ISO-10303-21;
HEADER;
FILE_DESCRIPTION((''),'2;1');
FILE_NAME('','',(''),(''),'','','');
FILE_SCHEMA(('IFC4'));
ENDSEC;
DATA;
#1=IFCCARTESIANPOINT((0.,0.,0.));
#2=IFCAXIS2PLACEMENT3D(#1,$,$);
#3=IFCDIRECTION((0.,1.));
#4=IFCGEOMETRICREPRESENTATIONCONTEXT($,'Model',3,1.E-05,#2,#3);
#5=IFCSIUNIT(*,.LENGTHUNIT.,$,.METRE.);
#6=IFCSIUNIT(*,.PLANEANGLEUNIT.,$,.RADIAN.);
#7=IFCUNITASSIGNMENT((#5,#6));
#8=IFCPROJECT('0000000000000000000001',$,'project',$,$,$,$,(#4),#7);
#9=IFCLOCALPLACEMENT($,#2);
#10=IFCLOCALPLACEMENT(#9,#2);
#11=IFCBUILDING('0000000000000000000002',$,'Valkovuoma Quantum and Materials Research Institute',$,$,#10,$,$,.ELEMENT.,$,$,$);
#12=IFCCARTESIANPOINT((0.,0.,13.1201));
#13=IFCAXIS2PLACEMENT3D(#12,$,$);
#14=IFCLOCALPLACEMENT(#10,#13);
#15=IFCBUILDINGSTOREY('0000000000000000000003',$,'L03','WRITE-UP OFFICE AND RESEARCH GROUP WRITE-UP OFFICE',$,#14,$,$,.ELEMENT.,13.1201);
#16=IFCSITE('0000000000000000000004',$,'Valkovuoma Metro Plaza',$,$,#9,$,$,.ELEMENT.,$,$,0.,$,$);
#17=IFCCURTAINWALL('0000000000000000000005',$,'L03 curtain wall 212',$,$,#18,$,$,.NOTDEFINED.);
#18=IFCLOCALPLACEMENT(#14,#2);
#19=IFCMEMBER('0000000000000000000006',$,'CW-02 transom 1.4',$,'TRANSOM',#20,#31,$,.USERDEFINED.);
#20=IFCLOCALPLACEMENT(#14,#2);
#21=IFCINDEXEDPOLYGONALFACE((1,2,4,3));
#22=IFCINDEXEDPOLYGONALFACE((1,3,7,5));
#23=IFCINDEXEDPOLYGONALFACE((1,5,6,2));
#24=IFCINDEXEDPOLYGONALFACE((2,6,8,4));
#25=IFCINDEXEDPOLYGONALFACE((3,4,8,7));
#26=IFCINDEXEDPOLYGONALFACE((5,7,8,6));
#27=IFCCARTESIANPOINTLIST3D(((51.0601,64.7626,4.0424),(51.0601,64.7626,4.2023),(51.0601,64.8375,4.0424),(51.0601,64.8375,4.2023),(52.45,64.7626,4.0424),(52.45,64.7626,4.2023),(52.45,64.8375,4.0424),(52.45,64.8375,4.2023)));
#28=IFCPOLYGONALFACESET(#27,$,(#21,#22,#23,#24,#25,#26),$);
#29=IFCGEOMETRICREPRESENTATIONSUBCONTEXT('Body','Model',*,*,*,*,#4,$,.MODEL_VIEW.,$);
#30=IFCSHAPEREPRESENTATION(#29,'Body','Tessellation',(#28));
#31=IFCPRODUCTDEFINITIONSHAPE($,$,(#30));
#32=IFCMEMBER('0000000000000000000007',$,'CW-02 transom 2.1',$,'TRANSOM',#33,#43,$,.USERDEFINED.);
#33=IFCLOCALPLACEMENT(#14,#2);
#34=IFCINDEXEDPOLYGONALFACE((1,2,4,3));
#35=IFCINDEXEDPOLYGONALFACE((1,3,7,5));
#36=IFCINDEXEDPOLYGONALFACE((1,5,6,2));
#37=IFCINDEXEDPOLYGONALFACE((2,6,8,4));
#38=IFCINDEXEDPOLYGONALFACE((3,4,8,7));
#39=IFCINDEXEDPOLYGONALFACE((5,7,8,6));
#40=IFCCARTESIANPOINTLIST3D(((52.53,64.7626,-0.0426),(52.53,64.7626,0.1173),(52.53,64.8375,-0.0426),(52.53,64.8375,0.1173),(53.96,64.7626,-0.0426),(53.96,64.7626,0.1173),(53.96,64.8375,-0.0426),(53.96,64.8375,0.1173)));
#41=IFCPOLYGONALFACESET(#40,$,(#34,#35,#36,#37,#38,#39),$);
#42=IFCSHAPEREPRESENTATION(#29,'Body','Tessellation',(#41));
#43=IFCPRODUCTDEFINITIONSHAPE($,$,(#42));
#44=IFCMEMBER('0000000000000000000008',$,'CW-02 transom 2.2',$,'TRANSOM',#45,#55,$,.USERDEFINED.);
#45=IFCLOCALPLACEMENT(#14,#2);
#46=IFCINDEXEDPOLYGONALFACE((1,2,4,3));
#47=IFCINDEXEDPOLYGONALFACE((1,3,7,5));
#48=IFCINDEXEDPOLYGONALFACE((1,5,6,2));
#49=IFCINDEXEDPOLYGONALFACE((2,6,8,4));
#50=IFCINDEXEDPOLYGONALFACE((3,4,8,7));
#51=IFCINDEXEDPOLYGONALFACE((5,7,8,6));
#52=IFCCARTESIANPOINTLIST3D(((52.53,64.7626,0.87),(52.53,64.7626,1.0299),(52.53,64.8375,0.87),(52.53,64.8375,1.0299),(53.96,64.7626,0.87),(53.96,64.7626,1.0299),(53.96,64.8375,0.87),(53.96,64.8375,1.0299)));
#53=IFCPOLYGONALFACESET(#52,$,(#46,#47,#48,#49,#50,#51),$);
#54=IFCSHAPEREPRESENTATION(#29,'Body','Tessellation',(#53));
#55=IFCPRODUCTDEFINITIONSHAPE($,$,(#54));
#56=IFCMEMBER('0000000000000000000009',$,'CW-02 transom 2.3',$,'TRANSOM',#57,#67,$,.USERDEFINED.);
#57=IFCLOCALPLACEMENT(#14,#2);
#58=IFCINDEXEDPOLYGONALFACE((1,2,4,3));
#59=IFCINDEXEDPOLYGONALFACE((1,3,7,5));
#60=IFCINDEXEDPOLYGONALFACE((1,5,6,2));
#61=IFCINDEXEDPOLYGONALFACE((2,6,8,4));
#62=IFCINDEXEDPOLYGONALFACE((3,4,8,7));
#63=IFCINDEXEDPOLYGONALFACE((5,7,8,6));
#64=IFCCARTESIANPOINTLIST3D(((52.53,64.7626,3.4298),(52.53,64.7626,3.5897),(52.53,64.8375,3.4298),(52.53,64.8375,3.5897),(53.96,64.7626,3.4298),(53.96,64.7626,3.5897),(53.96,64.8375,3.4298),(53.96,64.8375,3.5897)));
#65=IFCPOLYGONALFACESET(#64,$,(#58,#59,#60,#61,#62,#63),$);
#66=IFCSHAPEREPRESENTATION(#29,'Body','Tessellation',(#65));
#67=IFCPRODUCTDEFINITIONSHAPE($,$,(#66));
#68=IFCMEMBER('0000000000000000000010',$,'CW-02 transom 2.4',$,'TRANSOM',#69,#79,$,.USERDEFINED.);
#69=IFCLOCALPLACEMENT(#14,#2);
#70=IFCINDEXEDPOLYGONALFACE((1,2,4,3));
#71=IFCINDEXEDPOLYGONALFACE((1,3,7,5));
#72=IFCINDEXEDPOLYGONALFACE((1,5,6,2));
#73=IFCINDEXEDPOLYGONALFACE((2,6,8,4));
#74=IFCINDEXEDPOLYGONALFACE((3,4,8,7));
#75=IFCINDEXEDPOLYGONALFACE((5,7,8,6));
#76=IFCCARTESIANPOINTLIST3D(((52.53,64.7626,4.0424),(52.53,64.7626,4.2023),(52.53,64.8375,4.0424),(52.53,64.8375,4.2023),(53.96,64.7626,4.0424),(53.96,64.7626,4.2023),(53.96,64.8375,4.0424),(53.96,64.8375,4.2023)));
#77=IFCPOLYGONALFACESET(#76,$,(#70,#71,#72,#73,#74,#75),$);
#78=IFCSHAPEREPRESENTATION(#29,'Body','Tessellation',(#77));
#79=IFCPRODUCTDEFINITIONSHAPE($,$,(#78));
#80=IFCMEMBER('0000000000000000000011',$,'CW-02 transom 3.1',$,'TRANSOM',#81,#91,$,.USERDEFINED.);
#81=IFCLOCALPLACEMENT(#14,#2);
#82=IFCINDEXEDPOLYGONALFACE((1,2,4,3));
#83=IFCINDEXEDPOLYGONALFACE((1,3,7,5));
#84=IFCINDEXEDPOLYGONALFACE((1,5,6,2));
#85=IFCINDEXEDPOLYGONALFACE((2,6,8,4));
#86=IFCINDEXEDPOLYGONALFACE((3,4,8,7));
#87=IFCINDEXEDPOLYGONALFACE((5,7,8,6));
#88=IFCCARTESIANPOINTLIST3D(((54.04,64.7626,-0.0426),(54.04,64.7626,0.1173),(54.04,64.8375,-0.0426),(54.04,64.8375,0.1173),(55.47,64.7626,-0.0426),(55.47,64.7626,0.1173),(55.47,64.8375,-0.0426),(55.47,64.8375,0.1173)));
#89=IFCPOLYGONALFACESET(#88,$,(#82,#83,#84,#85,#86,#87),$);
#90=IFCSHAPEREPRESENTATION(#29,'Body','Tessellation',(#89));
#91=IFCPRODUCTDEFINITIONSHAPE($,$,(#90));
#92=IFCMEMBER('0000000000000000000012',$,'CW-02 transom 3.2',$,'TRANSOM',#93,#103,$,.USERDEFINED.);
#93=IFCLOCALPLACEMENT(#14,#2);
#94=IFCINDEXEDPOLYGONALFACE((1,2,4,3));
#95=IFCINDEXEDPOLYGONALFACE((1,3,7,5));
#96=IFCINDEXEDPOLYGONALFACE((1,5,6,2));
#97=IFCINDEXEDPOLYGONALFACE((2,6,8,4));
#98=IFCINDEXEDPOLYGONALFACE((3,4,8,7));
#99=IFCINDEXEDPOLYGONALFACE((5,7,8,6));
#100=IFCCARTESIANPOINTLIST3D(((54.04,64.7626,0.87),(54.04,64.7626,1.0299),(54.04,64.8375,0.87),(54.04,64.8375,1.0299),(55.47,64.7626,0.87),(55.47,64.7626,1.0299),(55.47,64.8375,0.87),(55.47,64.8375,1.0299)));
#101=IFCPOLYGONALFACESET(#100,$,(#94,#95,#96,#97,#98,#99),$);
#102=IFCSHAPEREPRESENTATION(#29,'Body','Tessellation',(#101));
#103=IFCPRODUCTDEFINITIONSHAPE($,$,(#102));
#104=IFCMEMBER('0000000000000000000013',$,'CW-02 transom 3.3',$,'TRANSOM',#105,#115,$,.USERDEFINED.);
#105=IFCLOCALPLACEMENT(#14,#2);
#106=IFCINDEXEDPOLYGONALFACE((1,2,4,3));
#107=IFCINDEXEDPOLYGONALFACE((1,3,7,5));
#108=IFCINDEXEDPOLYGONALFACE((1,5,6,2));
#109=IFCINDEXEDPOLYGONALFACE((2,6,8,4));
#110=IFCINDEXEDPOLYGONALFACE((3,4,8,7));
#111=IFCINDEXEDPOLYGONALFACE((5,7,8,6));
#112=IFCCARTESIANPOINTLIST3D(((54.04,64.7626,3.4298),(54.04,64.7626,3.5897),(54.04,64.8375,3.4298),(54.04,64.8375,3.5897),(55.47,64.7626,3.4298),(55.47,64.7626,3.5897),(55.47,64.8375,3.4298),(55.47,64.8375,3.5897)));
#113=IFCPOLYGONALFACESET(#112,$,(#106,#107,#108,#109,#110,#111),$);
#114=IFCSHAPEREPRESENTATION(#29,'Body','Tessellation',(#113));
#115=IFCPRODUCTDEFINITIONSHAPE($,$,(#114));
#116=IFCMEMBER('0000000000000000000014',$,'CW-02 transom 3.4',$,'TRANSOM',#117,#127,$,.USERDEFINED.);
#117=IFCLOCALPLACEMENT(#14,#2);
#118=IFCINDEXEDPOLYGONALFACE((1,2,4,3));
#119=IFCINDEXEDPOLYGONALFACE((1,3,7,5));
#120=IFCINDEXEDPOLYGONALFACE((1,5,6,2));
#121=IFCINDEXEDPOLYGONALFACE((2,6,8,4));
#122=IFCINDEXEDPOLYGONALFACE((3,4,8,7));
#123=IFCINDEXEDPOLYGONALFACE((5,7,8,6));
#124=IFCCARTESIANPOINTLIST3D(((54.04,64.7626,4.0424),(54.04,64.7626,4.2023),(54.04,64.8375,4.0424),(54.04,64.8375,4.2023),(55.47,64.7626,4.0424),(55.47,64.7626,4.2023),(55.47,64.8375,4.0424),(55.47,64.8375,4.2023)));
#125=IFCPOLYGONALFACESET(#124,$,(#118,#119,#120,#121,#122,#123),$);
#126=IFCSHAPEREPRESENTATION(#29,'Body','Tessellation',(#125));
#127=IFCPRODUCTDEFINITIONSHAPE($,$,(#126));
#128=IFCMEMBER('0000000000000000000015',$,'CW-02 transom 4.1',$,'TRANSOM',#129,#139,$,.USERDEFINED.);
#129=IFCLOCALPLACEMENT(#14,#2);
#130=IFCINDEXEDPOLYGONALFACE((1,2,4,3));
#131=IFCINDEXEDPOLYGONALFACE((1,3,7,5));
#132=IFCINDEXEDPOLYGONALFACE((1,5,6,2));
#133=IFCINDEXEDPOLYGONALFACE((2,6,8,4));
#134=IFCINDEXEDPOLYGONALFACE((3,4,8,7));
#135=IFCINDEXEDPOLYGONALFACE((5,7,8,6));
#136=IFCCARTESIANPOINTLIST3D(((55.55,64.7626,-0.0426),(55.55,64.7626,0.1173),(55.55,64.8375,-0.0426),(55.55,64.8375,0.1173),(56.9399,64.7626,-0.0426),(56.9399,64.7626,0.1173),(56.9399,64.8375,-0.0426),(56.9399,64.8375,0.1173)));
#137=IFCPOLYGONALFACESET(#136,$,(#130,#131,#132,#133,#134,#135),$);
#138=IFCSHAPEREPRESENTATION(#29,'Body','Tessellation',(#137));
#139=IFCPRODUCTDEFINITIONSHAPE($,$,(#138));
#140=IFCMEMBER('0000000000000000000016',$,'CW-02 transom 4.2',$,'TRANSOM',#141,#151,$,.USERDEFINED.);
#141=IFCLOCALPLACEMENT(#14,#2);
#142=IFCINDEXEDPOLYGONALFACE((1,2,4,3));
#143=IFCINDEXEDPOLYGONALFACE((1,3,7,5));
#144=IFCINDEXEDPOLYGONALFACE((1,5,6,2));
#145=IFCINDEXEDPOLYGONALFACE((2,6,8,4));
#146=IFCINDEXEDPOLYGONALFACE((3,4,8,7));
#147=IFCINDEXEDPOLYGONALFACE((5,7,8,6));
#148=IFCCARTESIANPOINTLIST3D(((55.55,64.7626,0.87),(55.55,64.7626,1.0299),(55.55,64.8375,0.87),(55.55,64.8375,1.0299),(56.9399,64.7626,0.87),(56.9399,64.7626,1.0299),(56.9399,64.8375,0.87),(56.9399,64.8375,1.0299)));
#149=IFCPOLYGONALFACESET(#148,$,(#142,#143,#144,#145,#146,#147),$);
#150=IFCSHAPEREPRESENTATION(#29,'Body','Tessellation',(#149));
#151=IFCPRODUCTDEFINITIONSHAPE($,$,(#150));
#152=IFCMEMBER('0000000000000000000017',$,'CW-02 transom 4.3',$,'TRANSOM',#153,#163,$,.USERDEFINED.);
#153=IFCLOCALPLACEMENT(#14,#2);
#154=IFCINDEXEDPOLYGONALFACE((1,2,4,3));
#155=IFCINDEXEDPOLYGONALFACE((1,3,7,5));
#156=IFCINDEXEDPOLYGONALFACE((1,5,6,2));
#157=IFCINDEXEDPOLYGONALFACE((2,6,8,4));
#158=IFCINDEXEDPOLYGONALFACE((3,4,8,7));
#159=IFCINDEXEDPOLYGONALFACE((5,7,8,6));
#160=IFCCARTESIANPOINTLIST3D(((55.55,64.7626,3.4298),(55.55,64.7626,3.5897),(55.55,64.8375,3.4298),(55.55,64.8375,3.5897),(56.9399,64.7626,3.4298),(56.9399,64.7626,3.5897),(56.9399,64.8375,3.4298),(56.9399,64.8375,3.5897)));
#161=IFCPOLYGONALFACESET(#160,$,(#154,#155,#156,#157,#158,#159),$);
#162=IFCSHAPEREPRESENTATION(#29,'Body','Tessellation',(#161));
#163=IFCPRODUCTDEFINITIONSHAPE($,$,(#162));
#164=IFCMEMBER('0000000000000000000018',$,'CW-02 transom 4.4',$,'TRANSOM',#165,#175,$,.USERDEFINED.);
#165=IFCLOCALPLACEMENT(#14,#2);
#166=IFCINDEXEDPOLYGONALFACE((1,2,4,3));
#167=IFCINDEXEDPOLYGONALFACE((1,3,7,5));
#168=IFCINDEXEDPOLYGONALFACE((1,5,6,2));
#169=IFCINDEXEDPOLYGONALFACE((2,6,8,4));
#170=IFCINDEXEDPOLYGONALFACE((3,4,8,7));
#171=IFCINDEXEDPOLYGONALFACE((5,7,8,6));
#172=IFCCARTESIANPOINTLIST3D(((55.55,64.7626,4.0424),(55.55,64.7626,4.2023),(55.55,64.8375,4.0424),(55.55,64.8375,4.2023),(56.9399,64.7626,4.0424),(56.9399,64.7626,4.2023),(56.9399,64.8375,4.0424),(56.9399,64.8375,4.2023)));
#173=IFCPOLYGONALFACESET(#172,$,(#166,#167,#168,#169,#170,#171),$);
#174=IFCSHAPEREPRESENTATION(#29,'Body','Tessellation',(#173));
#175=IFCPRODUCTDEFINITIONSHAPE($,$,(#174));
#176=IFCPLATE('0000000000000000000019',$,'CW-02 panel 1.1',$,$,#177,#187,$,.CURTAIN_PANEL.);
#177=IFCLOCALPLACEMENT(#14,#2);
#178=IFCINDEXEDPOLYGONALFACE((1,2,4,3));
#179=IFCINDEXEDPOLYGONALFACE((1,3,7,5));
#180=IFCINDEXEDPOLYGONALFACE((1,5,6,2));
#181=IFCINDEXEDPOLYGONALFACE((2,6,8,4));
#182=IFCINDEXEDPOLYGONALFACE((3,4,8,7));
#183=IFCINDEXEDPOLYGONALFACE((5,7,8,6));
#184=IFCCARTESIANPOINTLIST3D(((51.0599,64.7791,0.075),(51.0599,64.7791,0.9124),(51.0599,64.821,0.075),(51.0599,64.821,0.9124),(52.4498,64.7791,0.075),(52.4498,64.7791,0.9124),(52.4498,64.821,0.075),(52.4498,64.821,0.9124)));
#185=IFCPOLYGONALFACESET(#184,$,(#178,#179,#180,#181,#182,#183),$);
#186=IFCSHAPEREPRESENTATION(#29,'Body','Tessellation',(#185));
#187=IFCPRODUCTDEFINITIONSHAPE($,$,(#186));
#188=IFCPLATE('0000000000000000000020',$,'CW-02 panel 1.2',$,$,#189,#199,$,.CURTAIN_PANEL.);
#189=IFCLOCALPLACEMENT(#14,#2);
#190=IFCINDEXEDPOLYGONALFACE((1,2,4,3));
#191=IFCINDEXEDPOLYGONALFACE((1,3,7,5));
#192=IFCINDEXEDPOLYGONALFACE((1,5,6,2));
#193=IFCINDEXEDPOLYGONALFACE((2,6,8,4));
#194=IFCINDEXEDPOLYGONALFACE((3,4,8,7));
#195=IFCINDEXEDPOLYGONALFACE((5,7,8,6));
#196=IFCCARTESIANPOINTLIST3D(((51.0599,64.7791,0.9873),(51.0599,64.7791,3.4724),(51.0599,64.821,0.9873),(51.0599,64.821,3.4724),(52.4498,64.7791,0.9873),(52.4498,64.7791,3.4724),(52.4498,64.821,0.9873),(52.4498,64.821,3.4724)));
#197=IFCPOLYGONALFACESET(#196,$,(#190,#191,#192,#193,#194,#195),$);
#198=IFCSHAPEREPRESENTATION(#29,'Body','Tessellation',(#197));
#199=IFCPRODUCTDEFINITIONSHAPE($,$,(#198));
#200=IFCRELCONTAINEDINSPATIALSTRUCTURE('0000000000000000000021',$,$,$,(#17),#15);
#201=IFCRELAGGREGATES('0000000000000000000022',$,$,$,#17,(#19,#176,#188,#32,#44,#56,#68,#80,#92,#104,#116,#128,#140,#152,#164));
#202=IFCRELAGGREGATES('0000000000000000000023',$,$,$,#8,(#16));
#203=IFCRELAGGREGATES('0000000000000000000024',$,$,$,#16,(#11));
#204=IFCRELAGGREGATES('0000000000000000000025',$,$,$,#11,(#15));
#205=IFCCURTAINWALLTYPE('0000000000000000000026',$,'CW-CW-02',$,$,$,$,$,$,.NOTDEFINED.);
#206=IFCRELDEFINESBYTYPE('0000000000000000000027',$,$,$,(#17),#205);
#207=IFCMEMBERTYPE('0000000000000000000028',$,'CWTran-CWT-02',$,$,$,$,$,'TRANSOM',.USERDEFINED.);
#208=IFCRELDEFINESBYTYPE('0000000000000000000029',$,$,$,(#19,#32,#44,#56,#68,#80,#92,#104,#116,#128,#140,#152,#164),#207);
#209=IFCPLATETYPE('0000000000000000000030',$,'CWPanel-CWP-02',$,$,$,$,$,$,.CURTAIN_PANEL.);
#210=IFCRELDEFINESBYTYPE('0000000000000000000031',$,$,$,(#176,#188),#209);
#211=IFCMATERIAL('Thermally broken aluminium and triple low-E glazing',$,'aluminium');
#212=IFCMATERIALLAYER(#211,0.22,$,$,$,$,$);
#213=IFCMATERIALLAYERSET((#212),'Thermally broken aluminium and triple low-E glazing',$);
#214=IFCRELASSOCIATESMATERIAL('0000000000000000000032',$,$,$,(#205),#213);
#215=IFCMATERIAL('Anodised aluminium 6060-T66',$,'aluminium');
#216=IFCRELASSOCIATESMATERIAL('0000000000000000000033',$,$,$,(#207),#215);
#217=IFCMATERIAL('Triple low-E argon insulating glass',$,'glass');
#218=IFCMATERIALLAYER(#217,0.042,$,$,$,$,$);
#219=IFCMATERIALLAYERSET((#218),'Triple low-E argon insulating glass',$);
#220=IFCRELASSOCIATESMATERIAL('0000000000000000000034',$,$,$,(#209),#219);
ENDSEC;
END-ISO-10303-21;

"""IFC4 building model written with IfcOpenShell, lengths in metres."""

from ifc_helpers import new_model, si_unit, direction, frame, origin, origin_2d, place, context, subcontext, project, spatial, rectangle, extrude, material, layer, layer_set, material_profile, profile_set, type_object, element, aggregate, save


model = new_model("IFC4")

# Units and contexts
model_context = context("Model", 3, precision=1e-05, world=origin(), true_north=direction((0.0, 1.0)))
body_context = subcontext(model_context, "Body", "Model", "MODEL_VIEW")
ifc_project = project(units=[si_unit("LENGTHUNIT", "METRE"), si_unit("PLANEANGLEUNIT", "RADIAN")], contexts=[model_context])

# Site, building, storey
site_placement = place(None, origin())
site = spatial("IfcSite", under=ifc_project, at=site_placement, Name="Valkovuoma Metro Plaza", CompositionType="ELEMENT", RefElevation=0.0)
building_placement = place(site_placement, origin())
building = spatial("IfcBuilding", under=site, at=building_placement, Name="Valkovuoma Quantum and Materials Research Institute", CompositionType="ELEMENT")
storey_placement = place(building_placement, frame((0.0, 0.0, 13.1201)))
storey = spatial("IfcBuildingStorey", under=building, at=storey_placement, Name="L03", Description="WRITE-UP OFFICE AND RESEARCH GROUP WRITE-UP OFFICE", CompositionType="ELEMENT", Elevation=13.1201)

# Curtain wall, members, plates
ifc_material_1 = material(Name="Thermally broken aluminium and triple low-E glazing", Category="aluminium")
ifc_layer_1 = layer(ifc_material_1, 0.22)
ifc_layer_set_1 = layer_set([ifc_layer_1], Name="Thermally broken aluminium and triple low-E glazing")
curtain_wall_type = type_object("IfcCurtainWallType", Name="CW-CW-02", PredefinedType="NOTDEFINED", material=ifc_layer_set_1)
curtain_wall_placement = place(storey_placement, origin())
curtain_wall = element("IfcCurtainWall", 1, at=curtain_wall_placement, inside=storey, type_object=curtain_wall_type, Name="L03 curtain wall 212", PredefinedType="NOTDEFINED")
ifc_material_2 = material(Name="Anodised aluminium 6060-T66", Category="aluminium")
ifc_material_profile_1 = material_profile(ifc_material_2, rectangle(XDim=0.075, YDim=0.1599, at=origin_2d()), Name="Anodised aluminium 6060-T66")
ifc_profile_set_1 = profile_set([ifc_material_profile_1], Name="Anodised aluminium 6060-T66")
member_type_1 = type_object("IfcMemberType", Name="CWTran-CWT-02", ElementType="TRANSOM", PredefinedType="USERDEFINED", material=ifc_profile_set_1)
member_1_placement = place(storey_placement, frame((51.0601, 64.8, 4.1223), z_axis=(1.0, 0.0, 0.0), x_axis=(0.0, 1.0, 0.0)))
member_1 = element("IfcMember", 2, at=member_1_placement, type_object=member_type_1, Name="CW-02 transom 1.4", ObjectType="TRANSOM", PredefinedType="USERDEFINED", context=body_context, shape_type="SweptSolid", body=[
    extrude(rectangle(XDim=0.075, YDim=0.1599, at=origin_2d()), origin(), (0.0, 0.0, 1.0), 1.3899),
])
member_2_placement = place(storey_placement, frame((52.53, 64.8, 0.0374), z_axis=(1.0, 0.0, 0.0), x_axis=(0.0, 1.0, 0.0)))
member_2 = element("IfcMember", 3, at=member_2_placement, type_object=member_type_1, Name="CW-02 transom 2.1", ObjectType="TRANSOM", PredefinedType="USERDEFINED", context=body_context, shape_type="SweptSolid", body=[
    extrude(rectangle(XDim=0.075, YDim=0.1599, at=origin_2d()), origin(), (0.0, 0.0, 1.0), 1.4299),
])
member_3_placement = place(storey_placement, frame((52.53, 64.8, 0.95), z_axis=(1.0, 0.0, 0.0), x_axis=(0.0, 1.0, 0.0)))
member_3 = element("IfcMember", 4, at=member_3_placement, type_object=member_type_1, Name="CW-02 transom 2.2", ObjectType="TRANSOM", PredefinedType="USERDEFINED", context=body_context, shape_type="SweptSolid", body=[
    extrude(rectangle(XDim=0.075, YDim=0.1599, at=origin_2d()), origin(), (0.0, 0.0, 1.0), 1.4299),
])
member_4_placement = place(storey_placement, frame((52.53, 64.8, 3.5098), z_axis=(1.0, 0.0, 0.0), x_axis=(0.0, 1.0, 0.0)))
member_4 = element("IfcMember", 5, at=member_4_placement, type_object=member_type_1, Name="CW-02 transom 2.3", ObjectType="TRANSOM", PredefinedType="USERDEFINED", context=body_context, shape_type="SweptSolid", body=[
    extrude(rectangle(XDim=0.075, YDim=0.1599, at=origin_2d()), origin(), (0.0, 0.0, 1.0), 1.4299),
])
member_5_placement = place(storey_placement, frame((52.53, 64.8, 4.1223), z_axis=(1.0, 0.0, 0.0), x_axis=(0.0, 1.0, 0.0)))
member_5 = element("IfcMember", 6, at=member_5_placement, type_object=member_type_1, Name="CW-02 transom 2.4", ObjectType="TRANSOM", PredefinedType="USERDEFINED", context=body_context, shape_type="SweptSolid", body=[
    extrude(rectangle(XDim=0.075, YDim=0.1599, at=origin_2d()), origin(), (0.0, 0.0, 1.0), 1.4299),
])
member_6_placement = place(storey_placement, frame((54.04, 64.8, 0.0374), z_axis=(1.0, 0.0, 0.0), x_axis=(0.0, 1.0, 0.0)))
member_6 = element("IfcMember", 7, at=member_6_placement, type_object=member_type_1, Name="CW-02 transom 3.1", ObjectType="TRANSOM", PredefinedType="USERDEFINED", context=body_context, shape_type="SweptSolid", body=[
    extrude(rectangle(XDim=0.075, YDim=0.1599, at=origin_2d()), origin(), (0.0, 0.0, 1.0), 1.4299),
])
member_7_placement = place(storey_placement, frame((54.04, 64.8, 0.95), z_axis=(1.0, 0.0, 0.0), x_axis=(0.0, 1.0, 0.0)))
member_7 = element("IfcMember", 8, at=member_7_placement, type_object=member_type_1, Name="CW-02 transom 3.2", ObjectType="TRANSOM", PredefinedType="USERDEFINED", context=body_context, shape_type="SweptSolid", body=[
    extrude(rectangle(XDim=0.075, YDim=0.1599, at=origin_2d()), origin(), (0.0, 0.0, 1.0), 1.4299),
])
member_8_placement = place(storey_placement, frame((54.04, 64.8, 3.5098), z_axis=(1.0, 0.0, 0.0), x_axis=(0.0, 1.0, 0.0)))
member_8 = element("IfcMember", 9, at=member_8_placement, type_object=member_type_1, Name="CW-02 transom 3.3", ObjectType="TRANSOM", PredefinedType="USERDEFINED", context=body_context, shape_type="SweptSolid", body=[
    extrude(rectangle(XDim=0.075, YDim=0.1599, at=origin_2d()), origin(), (0.0, 0.0, 1.0), 1.4299),
])
member_9_placement = place(storey_placement, frame((54.04, 64.8, 4.1223), z_axis=(1.0, 0.0, 0.0), x_axis=(0.0, 1.0, 0.0)))
member_9 = element("IfcMember", 10, at=member_9_placement, type_object=member_type_1, Name="CW-02 transom 3.4", ObjectType="TRANSOM", PredefinedType="USERDEFINED", context=body_context, shape_type="SweptSolid", body=[
    extrude(rectangle(XDim=0.075, YDim=0.1599, at=origin_2d()), origin(), (0.0, 0.0, 1.0), 1.4299),
])
member_10_placement = place(storey_placement, frame((55.55, 64.8, 0.0374), z_axis=(1.0, 0.0, 0.0), x_axis=(0.0, 1.0, 0.0)))
member_10 = element("IfcMember", 11, at=member_10_placement, type_object=member_type_1, Name="CW-02 transom 4.1", ObjectType="TRANSOM", PredefinedType="USERDEFINED", context=body_context, shape_type="SweptSolid", body=[
    extrude(rectangle(XDim=0.075, YDim=0.1599, at=origin_2d()), origin(), (0.0, 0.0, 1.0), 1.3899),
])
member_11_placement = place(storey_placement, frame((55.55, 64.8, 0.95), z_axis=(1.0, 0.0, 0.0), x_axis=(0.0, 1.0, 0.0)))
member_11 = element("IfcMember", 12, at=member_11_placement, type_object=member_type_1, Name="CW-02 transom 4.2", ObjectType="TRANSOM", PredefinedType="USERDEFINED", context=body_context, shape_type="SweptSolid", body=[
    extrude(rectangle(XDim=0.075, YDim=0.1599, at=origin_2d()), origin(), (0.0, 0.0, 1.0), 1.3899),
])
member_12_placement = place(storey_placement, frame((55.55, 64.8, 3.5098), z_axis=(1.0, 0.0, 0.0), x_axis=(0.0, 1.0, 0.0)))
member_12 = element("IfcMember", 13, at=member_12_placement, type_object=member_type_1, Name="CW-02 transom 4.3", ObjectType="TRANSOM", PredefinedType="USERDEFINED", context=body_context, shape_type="SweptSolid", body=[
    extrude(rectangle(XDim=0.075, YDim=0.1599, at=origin_2d()), origin(), (0.0, 0.0, 1.0), 1.3899),
])
member_13_placement = place(storey_placement, frame((55.55, 64.8, 4.1223), z_axis=(1.0, 0.0, 0.0), x_axis=(0.0, 1.0, 0.0)))
member_13 = element("IfcMember", 14, at=member_13_placement, type_object=member_type_1, Name="CW-02 transom 4.4", ObjectType="TRANSOM", PredefinedType="USERDEFINED", context=body_context, shape_type="SweptSolid", body=[
    extrude(rectangle(XDim=0.075, YDim=0.1599, at=origin_2d()), origin(), (0.0, 0.0, 1.0), 1.3899),
])
ifc_material_3 = material(Name="Triple low-E argon insulating glass", Category="glass")
ifc_layer_2 = layer(ifc_material_3, 0.042)
ifc_layer_set_2 = layer_set([ifc_layer_2], Name="Triple low-E argon insulating glass")
plate_type = type_object("IfcPlateType", Name="CWPanel-CWP-02", PredefinedType="CURTAIN_PANEL", material=ifc_layer_set_2)
plate_1_placement = place(storey_placement, frame((51.7549, 64.8, 0.075), z_axis=(0.0, 0.0, 1.0), x_axis=(1.0, 0.0, 0.0)))
plate_1 = element("IfcPlate", 15, at=plate_1_placement, type_object=plate_type, Name="CW-02 panel 1.1", PredefinedType="CURTAIN_PANEL", context=body_context, shape_type="SweptSolid", body=[
    extrude(rectangle(XDim=1.3899, YDim=0.042, at=origin_2d()), origin(), (0.0, 0.0, 1.0), 0.8374),
])
plate_2_placement = place(storey_placement, frame((51.7549, 64.8, 0.9873), z_axis=(0.0, 0.0, 1.0), x_axis=(1.0, 0.0, 0.0)))
plate_2 = element("IfcPlate", 16, at=plate_2_placement, type_object=plate_type, Name="CW-02 panel 1.2", PredefinedType="CURTAIN_PANEL", context=body_context, shape_type="SweptSolid", body=[
    extrude(rectangle(XDim=1.3899, YDim=0.042, at=origin_2d()), origin(), (0.0, 0.0, 1.0), 2.4851),
])
aggregate(curtain_wall, [member_1, plate_1, plate_2, member_2, member_3, member_4, member_5, member_6, member_7, member_8, member_9, member_10, member_11, member_12, member_13])

save(model, "model.ifc")
